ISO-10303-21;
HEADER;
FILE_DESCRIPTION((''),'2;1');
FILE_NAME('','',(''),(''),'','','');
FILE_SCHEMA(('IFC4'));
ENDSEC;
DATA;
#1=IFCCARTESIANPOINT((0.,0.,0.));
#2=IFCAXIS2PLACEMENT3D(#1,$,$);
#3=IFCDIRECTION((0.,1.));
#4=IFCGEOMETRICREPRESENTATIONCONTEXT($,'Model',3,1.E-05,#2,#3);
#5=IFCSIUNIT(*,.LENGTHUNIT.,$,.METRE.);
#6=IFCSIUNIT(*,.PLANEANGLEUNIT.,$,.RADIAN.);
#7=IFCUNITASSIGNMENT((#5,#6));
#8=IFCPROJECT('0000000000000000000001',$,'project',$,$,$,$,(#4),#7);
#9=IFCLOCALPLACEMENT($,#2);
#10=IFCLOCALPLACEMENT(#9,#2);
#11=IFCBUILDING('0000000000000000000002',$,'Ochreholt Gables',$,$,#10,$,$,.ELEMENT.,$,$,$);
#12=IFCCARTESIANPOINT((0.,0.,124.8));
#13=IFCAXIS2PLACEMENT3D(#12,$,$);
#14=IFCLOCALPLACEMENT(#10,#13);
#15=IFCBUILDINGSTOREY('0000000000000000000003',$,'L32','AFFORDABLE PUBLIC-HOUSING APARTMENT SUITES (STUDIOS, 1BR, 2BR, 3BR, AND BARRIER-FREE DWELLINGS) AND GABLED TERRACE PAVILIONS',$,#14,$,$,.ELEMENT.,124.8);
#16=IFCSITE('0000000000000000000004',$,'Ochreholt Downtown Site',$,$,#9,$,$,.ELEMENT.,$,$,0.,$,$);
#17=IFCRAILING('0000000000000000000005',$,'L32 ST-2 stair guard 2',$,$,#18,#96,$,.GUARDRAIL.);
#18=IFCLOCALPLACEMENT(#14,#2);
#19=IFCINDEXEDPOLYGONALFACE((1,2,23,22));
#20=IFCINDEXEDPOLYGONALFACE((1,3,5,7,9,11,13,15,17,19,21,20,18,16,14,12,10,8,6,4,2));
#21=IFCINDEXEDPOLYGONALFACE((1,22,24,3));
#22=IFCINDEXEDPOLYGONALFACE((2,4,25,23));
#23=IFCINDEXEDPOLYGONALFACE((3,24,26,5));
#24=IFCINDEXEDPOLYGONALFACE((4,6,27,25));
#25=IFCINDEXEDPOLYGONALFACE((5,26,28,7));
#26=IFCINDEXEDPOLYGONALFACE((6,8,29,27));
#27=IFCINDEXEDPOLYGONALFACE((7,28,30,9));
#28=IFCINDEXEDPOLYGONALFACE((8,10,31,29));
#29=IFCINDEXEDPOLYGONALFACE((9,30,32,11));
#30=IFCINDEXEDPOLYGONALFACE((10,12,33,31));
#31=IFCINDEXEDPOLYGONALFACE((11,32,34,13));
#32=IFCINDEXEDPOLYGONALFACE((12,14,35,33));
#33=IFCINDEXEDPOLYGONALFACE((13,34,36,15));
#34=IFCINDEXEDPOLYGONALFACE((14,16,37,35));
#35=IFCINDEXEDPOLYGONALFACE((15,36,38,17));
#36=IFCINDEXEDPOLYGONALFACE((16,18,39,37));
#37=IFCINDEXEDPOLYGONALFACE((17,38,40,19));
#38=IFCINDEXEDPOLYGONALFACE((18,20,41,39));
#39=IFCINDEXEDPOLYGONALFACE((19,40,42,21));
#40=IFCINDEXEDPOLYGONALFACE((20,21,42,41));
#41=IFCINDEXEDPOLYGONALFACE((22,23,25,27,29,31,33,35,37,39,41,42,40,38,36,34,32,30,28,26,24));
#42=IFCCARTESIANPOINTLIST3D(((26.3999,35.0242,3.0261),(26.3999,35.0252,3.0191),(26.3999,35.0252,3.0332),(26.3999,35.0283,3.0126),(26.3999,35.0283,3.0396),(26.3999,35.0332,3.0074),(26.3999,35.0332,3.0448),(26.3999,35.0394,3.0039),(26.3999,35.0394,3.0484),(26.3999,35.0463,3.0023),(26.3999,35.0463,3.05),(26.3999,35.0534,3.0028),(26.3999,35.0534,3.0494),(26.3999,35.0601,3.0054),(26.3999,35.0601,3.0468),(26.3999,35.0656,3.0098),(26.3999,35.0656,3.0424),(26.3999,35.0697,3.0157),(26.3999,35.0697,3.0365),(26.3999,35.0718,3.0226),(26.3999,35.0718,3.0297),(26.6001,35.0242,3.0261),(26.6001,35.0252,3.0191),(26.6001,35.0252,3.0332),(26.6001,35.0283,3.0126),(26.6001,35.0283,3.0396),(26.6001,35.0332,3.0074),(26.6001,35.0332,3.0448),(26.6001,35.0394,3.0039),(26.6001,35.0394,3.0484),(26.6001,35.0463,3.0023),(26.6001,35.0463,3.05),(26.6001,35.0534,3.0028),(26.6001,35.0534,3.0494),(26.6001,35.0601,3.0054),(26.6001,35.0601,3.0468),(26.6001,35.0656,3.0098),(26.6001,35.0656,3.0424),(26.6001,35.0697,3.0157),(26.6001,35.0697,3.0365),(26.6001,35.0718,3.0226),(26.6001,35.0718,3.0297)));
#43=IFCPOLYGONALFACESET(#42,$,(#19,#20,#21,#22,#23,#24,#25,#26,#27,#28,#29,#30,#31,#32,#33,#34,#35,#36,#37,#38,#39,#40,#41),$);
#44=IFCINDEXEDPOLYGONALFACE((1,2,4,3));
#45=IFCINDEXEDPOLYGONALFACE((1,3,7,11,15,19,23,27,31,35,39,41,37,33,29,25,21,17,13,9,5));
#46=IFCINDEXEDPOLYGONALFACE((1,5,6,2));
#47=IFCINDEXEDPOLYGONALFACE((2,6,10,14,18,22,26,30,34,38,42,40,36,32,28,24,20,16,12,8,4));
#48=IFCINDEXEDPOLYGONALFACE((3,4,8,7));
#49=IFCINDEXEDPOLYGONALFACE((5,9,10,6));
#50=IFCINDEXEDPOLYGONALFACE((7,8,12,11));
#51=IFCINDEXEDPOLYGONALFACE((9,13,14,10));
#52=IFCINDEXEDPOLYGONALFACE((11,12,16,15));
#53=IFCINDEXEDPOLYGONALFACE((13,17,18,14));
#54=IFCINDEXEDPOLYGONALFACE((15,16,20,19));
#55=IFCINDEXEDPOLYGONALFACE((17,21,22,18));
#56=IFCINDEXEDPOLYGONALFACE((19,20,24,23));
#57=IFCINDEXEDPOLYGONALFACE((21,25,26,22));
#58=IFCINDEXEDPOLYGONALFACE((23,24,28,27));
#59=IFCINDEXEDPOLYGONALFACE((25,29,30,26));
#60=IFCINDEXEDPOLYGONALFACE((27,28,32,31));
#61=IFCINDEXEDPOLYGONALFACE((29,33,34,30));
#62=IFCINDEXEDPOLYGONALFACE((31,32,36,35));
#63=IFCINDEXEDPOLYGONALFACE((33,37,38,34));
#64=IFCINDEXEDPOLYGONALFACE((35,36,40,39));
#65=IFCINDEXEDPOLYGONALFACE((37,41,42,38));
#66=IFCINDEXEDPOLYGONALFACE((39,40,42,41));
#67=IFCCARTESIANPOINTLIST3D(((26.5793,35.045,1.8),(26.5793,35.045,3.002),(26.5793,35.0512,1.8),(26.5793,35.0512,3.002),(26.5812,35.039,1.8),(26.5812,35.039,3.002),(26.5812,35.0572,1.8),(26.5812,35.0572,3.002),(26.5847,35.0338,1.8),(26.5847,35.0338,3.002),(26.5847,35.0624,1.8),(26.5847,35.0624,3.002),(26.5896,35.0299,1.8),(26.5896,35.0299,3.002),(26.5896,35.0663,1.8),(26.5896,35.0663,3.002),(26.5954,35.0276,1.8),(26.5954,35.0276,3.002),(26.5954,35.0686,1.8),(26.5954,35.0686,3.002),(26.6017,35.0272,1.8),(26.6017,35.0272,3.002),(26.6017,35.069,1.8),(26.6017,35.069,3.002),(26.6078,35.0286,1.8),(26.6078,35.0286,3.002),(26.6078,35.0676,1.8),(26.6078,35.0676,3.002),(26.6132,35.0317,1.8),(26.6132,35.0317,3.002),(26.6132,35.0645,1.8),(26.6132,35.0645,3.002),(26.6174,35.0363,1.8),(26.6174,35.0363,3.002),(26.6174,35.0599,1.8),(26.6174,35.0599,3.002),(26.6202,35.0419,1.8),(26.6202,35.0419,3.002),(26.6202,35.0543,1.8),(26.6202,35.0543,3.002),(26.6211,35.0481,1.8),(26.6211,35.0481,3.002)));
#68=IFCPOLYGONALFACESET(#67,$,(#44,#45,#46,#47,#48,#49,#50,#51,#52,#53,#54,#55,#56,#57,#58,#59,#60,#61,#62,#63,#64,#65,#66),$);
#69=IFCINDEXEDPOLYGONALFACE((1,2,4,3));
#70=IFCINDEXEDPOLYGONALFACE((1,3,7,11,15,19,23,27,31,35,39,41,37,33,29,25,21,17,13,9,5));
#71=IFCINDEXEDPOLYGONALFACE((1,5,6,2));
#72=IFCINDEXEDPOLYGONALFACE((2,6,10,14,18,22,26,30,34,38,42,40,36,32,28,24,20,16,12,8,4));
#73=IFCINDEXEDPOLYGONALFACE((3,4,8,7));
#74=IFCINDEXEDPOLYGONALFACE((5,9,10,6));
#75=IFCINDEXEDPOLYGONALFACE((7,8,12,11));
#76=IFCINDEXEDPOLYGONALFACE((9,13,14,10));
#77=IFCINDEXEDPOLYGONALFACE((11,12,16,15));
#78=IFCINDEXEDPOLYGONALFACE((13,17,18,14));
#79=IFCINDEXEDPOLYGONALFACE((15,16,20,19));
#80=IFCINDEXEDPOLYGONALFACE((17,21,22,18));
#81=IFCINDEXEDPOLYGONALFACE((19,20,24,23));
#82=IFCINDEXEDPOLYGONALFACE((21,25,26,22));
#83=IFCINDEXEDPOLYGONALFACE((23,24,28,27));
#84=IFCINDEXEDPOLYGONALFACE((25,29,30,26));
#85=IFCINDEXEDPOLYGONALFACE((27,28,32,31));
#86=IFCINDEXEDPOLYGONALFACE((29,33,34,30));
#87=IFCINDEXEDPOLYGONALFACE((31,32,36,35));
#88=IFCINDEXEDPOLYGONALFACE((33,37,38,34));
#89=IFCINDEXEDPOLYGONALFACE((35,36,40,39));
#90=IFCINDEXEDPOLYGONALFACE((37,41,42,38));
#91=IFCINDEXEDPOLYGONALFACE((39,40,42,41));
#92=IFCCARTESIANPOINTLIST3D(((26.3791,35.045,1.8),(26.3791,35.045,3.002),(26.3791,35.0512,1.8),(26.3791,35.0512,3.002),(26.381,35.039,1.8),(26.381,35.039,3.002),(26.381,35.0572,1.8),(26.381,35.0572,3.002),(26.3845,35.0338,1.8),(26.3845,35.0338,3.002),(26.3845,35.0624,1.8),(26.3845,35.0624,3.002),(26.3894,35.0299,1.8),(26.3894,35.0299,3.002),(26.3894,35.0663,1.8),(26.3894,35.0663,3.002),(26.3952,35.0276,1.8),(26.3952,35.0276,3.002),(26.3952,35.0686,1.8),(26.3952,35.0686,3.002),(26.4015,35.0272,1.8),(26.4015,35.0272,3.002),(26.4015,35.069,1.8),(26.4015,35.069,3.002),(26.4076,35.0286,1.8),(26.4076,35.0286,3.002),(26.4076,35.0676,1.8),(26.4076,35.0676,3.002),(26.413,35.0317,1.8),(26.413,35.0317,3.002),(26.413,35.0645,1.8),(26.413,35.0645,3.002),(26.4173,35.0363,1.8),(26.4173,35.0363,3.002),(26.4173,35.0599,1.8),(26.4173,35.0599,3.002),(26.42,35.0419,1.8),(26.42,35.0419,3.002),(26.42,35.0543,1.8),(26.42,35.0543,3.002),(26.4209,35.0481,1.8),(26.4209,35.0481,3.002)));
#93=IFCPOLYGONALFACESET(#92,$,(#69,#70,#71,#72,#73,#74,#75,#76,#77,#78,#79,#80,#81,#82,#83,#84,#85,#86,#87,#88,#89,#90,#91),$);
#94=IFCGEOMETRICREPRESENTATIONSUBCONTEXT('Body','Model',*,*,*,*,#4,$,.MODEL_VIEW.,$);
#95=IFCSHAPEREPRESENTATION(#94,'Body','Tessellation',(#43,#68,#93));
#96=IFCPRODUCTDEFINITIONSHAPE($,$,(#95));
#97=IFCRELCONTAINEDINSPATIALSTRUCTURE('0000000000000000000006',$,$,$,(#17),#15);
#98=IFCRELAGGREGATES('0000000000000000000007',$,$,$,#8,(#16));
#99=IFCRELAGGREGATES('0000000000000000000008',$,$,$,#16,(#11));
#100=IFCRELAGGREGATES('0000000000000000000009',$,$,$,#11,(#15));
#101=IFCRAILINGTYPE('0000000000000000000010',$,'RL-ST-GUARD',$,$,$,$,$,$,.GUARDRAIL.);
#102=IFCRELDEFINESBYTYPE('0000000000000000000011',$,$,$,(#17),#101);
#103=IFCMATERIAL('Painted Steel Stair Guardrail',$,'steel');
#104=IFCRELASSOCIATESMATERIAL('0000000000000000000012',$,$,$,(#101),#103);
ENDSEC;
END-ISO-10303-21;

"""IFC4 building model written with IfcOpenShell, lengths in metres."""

from ifc_helpers import new_model, si_unit, direction, frame, origin, origin_2d, place, context, subcontext, project, spatial, circle, extrude, material, type_object, element, save


model = new_model("IFC4")

# Units and contexts
model_context = context("Model", 3, precision=1e-05, world=origin(), true_north=direction((0.0, 1.0)))
body_context = subcontext(model_context, "Body", "Model", "MODEL_VIEW")
ifc_project = project(units=[si_unit("LENGTHUNIT", "METRE"), si_unit("PLANEANGLEUNIT", "RADIAN")], contexts=[model_context])

# Site, building, storey
site_placement = place(None, origin())
site = spatial("IfcSite", under=ifc_project, at=site_placement, Name="Ochreholt Downtown Site", CompositionType="ELEMENT", RefElevation=0.0)
building_placement = place(site_placement, origin())
building = spatial("IfcBuilding", under=site, at=building_placement, Name="Ochreholt Gables", CompositionType="ELEMENT")
storey_placement = place(building_placement, frame((0.0, 0.0, 124.8)))
storey = spatial("IfcBuildingStorey", under=building, at=storey_placement, Name="L32", Description="AFFORDABLE PUBLIC-HOUSING APARTMENT SUITES (STUDIOS, 1BR, 2BR, 3BR, AND BARRIER-FREE DWELLINGS) AND GABLED TERRACE PAVILIONS", CompositionType="ELEMENT", Elevation=124.8)

# Railing
ifc_material_1 = material(Name="Painted Steel Stair Guardrail", Category="steel")
railing_type = type_object("IfcRailingType", Name="RL-ST-GUARD", PredefinedType="GUARDRAIL", material=ifc_material_1)
railing_1_placement = place(storey_placement, frame((26.6001, 35.0481, 1.8)))
element("IfcRailing", 1, at=railing_1_placement, inside=storey, type_object=railing_type, Name="L32 ST-2 stair guard 2", PredefinedType="GUARDRAIL", context=body_context, shape_type="SweptSolid", body=[
    extrude(circle(Radius=0.0239, at=origin_2d()), frame((0.0, 0.0, 1.2261), z_axis=(-1.0, 0.0, 0.0), x_axis=(0.0, -1.0, 0.0)), (0.0, 0.0, 1.0), 0.2002),
    extrude(circle(Radius=0.021, at=origin_2d()), origin(), (0.0, 0.0, 1.0), 1.2019),
    extrude(circle(Radius=0.021, at=origin_2d()), frame((-0.2002, 0.0, 0.0)), (0.0, 0.0, 1.0), 1.2019),
])

save(model, "model.ifc")
